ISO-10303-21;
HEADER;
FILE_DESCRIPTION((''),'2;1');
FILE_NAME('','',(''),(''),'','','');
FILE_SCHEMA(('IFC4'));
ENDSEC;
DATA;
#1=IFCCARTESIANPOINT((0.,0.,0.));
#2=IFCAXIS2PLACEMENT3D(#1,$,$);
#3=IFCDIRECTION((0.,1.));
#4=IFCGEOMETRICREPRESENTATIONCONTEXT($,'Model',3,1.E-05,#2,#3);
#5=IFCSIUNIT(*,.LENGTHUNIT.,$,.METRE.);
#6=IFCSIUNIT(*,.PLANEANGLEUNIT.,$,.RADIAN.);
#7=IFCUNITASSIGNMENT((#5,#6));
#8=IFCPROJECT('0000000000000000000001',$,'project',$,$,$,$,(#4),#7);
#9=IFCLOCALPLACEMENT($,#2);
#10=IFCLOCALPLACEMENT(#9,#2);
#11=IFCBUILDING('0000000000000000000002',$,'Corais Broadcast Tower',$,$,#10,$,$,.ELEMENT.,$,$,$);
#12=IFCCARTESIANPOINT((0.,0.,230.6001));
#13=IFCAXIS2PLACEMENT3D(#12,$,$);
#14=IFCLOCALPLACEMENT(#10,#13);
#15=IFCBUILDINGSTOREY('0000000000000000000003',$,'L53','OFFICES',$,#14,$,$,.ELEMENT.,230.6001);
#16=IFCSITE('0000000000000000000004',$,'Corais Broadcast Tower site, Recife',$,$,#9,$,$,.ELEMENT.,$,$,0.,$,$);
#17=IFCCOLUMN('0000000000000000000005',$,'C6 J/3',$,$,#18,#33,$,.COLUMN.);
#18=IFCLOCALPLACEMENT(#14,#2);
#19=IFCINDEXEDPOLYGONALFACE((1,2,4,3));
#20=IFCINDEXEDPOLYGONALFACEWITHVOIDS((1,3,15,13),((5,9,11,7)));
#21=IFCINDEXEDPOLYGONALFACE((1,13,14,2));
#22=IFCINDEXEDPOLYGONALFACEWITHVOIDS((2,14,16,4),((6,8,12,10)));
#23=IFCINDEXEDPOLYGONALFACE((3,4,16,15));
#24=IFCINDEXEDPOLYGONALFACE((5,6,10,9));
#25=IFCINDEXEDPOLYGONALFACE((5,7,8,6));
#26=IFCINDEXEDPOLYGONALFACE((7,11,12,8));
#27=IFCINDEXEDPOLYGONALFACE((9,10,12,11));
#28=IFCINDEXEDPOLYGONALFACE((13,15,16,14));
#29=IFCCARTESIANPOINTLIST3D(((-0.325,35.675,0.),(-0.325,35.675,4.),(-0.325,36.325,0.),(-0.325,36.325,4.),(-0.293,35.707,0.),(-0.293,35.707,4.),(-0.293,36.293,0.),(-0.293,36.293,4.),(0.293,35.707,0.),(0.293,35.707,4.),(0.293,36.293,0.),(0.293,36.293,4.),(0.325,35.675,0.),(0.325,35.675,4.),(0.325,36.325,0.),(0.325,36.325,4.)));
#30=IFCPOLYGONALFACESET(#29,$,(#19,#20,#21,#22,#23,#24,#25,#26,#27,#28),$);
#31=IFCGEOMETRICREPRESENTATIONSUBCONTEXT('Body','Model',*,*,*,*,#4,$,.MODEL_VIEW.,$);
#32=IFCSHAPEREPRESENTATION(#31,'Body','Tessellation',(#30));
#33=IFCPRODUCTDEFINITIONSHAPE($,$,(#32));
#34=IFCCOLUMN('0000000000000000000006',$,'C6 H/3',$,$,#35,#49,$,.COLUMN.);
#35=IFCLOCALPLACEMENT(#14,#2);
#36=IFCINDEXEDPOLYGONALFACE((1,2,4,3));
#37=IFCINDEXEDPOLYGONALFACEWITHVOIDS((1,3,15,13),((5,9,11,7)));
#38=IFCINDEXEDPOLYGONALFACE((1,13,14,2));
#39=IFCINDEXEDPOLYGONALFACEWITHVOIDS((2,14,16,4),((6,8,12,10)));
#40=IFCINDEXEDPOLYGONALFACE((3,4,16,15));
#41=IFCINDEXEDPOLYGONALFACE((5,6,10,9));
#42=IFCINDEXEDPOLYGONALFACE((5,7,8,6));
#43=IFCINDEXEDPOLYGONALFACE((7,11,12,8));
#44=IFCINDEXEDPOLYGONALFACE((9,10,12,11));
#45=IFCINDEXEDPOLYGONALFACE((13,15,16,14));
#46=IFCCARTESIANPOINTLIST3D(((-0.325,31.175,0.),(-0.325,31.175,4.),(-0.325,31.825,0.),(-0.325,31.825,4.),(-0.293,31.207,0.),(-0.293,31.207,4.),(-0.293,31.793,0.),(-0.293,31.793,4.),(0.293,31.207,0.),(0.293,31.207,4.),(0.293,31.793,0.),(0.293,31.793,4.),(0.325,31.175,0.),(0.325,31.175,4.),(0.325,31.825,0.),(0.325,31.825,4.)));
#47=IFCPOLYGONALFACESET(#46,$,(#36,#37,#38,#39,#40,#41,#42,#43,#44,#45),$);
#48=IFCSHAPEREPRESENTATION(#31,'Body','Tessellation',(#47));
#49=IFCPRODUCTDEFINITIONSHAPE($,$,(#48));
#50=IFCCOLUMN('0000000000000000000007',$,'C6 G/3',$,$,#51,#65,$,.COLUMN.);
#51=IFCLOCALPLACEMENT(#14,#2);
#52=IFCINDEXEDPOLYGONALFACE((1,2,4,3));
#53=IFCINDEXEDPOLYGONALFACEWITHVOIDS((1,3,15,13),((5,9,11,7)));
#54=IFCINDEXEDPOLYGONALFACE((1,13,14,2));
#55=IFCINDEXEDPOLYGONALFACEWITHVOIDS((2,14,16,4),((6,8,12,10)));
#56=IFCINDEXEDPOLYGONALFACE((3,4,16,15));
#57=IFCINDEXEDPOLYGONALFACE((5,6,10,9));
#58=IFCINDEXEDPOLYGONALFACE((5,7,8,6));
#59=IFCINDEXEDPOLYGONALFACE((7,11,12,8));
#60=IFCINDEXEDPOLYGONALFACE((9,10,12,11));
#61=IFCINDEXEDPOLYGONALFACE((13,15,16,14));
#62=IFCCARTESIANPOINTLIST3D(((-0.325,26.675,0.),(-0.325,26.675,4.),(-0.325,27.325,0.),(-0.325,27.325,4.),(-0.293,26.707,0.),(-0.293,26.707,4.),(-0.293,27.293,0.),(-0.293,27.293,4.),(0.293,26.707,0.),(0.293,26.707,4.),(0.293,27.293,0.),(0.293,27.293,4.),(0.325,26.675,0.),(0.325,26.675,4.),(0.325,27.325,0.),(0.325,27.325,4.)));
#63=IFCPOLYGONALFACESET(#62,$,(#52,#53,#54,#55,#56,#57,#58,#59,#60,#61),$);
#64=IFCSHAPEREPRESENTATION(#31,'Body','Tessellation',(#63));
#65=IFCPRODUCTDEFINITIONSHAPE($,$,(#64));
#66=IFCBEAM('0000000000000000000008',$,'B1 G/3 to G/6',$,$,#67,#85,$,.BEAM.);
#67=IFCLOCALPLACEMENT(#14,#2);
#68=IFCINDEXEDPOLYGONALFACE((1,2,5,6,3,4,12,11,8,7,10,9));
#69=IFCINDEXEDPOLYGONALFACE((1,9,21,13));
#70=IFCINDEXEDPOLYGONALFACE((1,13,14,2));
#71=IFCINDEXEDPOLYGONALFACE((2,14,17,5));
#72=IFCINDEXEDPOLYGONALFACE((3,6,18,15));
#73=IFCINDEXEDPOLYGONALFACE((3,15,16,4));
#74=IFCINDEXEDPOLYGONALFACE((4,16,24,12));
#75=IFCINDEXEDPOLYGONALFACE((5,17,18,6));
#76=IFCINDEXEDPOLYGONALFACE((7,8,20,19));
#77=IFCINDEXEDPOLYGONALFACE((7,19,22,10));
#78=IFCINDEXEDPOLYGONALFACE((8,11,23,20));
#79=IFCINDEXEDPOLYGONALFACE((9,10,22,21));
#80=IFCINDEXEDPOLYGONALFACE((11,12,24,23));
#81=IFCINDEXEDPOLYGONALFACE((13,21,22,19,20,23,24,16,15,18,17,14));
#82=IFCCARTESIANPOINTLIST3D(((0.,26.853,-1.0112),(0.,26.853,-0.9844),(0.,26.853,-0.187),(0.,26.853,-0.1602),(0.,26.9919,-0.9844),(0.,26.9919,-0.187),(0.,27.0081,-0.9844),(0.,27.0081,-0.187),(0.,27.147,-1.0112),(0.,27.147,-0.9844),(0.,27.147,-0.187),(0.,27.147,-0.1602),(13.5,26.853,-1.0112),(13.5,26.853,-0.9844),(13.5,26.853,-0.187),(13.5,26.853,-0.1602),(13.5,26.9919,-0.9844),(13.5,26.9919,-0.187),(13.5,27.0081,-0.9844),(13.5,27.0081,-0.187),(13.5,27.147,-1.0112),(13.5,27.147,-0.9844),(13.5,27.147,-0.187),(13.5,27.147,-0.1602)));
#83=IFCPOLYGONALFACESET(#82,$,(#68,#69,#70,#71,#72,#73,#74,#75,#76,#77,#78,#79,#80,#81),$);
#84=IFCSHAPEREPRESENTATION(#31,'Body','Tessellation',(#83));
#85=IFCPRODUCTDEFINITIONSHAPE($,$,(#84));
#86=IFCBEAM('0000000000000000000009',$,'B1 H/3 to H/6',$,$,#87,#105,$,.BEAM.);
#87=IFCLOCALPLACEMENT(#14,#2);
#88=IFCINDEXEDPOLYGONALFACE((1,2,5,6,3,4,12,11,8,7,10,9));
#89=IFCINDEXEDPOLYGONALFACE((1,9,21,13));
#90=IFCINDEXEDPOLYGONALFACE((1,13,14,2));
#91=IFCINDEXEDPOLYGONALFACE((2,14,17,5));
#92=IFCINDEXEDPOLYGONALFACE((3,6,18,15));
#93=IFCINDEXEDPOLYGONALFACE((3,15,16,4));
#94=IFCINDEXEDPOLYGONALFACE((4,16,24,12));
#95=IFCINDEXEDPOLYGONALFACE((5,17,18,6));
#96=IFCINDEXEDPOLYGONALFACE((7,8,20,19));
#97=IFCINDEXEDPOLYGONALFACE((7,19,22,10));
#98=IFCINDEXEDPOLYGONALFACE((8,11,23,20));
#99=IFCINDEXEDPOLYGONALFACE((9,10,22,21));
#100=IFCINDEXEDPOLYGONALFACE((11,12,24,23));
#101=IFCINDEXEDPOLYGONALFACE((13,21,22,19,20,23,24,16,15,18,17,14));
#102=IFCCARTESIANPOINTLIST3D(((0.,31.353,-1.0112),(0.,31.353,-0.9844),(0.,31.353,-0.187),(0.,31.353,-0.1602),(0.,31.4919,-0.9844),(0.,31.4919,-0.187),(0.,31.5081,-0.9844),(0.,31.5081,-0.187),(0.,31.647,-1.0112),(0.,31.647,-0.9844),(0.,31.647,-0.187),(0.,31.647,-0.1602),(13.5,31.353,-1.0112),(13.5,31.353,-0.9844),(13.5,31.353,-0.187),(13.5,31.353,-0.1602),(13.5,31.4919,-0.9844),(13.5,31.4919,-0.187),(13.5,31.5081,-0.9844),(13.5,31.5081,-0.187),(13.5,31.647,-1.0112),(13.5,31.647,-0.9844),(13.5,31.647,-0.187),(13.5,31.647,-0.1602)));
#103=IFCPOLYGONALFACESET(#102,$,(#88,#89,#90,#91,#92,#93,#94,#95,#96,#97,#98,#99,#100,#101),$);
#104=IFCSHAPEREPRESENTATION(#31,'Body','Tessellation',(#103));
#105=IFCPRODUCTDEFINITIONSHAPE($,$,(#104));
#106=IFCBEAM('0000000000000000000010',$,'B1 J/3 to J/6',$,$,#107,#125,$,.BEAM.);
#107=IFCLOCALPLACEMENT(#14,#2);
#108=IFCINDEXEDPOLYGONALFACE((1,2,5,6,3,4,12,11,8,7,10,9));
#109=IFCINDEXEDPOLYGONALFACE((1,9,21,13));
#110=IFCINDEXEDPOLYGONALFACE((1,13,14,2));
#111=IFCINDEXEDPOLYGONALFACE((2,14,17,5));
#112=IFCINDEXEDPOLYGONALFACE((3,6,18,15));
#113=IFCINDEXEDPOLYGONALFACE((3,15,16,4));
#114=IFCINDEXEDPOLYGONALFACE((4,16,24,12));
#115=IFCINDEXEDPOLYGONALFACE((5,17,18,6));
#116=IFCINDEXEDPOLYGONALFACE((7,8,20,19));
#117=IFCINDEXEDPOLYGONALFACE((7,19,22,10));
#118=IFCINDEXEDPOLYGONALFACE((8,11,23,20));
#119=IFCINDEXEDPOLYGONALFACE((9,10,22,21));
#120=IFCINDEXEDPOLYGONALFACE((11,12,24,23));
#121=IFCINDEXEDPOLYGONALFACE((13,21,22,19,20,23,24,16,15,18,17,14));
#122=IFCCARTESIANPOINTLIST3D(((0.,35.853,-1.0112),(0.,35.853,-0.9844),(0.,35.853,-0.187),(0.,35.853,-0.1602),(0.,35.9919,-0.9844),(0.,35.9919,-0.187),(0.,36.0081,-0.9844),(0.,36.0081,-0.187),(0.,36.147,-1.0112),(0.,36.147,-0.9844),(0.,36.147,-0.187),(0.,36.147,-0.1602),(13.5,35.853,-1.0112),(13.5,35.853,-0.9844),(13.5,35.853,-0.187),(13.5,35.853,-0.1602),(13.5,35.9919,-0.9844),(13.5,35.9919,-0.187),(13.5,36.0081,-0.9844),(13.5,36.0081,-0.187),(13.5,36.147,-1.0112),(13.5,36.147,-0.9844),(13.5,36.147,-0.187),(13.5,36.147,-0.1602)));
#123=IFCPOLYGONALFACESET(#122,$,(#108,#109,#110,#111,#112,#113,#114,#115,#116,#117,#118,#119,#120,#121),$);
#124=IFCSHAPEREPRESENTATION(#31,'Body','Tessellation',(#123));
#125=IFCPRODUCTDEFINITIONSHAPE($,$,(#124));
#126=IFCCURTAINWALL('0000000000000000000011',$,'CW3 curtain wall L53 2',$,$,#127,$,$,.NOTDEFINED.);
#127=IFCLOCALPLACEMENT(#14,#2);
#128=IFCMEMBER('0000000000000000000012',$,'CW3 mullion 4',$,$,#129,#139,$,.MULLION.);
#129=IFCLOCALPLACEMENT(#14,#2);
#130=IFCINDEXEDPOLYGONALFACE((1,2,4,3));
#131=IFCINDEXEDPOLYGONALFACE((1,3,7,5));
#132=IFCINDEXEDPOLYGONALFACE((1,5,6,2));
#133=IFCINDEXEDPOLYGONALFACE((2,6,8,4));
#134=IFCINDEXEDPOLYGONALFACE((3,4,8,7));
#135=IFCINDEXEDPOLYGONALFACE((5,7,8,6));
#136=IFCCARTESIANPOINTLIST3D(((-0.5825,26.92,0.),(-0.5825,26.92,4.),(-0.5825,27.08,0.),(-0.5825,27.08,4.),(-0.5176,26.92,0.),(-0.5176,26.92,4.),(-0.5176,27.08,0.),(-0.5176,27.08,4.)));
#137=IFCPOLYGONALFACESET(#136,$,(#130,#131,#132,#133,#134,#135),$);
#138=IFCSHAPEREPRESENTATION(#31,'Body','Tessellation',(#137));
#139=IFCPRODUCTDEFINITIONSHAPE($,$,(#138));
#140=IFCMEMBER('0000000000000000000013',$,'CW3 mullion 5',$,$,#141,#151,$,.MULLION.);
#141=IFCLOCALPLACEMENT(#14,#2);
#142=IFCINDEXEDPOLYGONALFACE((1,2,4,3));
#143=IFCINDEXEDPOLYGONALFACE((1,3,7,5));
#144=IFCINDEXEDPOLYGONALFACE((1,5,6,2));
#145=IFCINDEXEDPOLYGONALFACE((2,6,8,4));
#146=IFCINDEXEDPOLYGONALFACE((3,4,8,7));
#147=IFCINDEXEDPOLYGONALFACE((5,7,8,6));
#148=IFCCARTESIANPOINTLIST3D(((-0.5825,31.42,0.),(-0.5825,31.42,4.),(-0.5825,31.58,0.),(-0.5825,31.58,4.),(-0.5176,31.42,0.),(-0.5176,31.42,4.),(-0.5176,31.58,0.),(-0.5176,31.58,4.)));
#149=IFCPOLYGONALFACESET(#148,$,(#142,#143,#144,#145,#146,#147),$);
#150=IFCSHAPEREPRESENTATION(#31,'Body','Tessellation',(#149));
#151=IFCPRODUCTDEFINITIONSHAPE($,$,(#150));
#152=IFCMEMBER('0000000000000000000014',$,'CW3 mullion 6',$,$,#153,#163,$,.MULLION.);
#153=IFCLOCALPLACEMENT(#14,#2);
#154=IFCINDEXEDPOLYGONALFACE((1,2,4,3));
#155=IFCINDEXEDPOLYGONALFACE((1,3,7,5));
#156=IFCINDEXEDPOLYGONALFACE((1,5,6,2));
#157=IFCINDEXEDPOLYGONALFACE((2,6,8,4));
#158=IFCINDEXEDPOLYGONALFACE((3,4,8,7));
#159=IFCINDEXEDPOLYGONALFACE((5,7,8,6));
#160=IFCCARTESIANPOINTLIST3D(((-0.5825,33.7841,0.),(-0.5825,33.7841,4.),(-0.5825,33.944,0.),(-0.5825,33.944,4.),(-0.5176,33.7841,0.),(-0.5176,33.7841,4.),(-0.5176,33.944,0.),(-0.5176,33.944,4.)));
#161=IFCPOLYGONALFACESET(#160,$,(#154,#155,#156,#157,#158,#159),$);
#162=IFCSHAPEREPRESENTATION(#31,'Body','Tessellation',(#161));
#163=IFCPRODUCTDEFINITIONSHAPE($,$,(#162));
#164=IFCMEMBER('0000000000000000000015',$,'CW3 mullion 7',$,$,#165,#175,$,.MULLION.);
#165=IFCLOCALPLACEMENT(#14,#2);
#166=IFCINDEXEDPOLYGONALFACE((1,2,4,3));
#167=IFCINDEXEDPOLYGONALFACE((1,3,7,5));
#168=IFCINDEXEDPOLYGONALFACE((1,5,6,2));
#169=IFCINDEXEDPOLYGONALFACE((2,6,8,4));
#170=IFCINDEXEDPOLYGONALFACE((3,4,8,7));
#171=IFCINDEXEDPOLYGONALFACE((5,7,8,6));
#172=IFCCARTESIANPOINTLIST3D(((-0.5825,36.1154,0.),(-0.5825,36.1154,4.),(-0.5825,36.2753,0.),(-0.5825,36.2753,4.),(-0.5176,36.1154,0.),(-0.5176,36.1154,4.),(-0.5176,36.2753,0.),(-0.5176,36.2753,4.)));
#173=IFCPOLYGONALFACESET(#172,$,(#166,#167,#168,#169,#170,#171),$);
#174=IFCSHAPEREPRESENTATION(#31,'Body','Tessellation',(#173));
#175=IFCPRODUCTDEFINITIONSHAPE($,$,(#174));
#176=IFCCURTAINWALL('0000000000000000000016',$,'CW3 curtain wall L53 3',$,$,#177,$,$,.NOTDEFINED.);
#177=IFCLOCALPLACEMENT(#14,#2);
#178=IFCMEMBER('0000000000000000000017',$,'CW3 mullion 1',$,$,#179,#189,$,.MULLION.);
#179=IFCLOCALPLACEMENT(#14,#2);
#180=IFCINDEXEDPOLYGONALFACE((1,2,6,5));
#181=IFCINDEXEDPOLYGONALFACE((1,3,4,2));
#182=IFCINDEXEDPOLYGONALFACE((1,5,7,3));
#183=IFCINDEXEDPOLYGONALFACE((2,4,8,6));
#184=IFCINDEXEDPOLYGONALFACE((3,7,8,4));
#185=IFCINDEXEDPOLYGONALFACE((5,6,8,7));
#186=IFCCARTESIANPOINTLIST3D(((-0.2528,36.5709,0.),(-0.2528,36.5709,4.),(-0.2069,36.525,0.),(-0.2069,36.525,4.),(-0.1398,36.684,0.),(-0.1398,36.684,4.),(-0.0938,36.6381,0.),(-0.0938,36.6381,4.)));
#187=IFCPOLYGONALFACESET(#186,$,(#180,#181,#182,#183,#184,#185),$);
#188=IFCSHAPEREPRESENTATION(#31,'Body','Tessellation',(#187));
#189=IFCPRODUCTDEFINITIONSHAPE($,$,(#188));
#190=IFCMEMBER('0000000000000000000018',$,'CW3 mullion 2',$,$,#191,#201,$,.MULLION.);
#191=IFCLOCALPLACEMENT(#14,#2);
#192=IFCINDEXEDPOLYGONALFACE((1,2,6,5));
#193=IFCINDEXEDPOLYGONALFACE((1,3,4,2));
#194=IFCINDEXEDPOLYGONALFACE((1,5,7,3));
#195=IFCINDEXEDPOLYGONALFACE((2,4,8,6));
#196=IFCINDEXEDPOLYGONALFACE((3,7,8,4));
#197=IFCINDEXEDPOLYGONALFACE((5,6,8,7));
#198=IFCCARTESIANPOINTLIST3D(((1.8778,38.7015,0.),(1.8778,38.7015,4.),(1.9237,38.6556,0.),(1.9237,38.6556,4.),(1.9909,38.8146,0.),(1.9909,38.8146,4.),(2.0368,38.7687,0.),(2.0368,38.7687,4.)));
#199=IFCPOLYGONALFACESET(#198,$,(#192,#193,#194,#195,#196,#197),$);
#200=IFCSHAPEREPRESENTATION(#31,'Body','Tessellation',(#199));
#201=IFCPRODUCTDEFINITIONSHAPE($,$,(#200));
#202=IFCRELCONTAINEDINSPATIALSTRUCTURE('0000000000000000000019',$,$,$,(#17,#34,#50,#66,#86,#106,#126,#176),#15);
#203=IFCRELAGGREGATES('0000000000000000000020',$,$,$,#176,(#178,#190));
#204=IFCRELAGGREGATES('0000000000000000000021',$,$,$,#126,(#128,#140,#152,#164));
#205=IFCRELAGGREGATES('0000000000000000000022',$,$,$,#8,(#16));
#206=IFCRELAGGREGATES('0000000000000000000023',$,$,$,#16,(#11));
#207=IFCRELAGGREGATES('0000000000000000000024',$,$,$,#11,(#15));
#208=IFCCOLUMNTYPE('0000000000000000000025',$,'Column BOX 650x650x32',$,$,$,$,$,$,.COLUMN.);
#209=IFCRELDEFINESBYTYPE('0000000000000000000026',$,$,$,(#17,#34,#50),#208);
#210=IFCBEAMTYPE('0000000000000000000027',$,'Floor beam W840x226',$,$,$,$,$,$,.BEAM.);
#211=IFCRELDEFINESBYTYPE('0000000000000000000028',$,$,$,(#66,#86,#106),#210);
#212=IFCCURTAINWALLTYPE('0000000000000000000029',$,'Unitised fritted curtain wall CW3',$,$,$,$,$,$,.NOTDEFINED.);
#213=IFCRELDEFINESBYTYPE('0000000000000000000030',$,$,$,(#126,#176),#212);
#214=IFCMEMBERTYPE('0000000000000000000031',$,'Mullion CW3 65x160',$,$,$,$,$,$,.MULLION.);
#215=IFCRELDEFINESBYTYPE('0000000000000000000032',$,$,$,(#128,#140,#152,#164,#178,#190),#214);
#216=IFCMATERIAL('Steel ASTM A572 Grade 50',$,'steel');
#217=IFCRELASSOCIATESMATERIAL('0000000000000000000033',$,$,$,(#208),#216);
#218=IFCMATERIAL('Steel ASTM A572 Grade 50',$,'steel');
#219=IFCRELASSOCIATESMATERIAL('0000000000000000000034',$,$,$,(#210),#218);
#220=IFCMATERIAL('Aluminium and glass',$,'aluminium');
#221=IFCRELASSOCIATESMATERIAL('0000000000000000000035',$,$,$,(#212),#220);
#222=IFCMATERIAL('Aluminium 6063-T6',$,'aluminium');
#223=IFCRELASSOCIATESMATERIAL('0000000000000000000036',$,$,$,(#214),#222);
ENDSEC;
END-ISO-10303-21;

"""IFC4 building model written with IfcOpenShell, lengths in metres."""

from ifc_helpers import new_model, si_unit, direction, frame, origin, origin_2d, place, context, subcontext, project, spatial, rectangle, hollow_rectangle, i_section, extrude, material, material_profile, profile_set, type_object, element, aggregate, save


model = new_model("IFC4")

# Units and contexts
model_context = context("Model", 3, precision=1e-05, world=origin(), true_north=direction((0.0, 1.0)))
body_context = subcontext(model_context, "Body", "Model", "MODEL_VIEW")
ifc_project = project(units=[si_unit("LENGTHUNIT", "METRE"), si_unit("PLANEANGLEUNIT", "RADIAN")], contexts=[model_context])

# Site, building, storey
site_placement = place(None, origin())
site = spatial("IfcSite", under=ifc_project, at=site_placement, Name="Corais Broadcast Tower site, Recife", CompositionType="ELEMENT", RefElevation=0.0)
building_placement = place(site_placement, origin())
building = spatial("IfcBuilding", under=site, at=building_placement, Name="Corais Broadcast Tower", CompositionType="ELEMENT")
storey_placement = place(building_placement, frame((0.0, 0.0, 230.6001)))
storey = spatial("IfcBuildingStorey", under=building, at=storey_placement, Name="L53", Description="OFFICES", CompositionType="ELEMENT", Elevation=230.6001)

# Columns
ifc_material_1 = material(Name="Steel ASTM A572 Grade 50", Category="steel")
ifc_material_profile_1 = material_profile(ifc_material_1, hollow_rectangle(XDim=0.6499, YDim=0.6499, WallThickness=0.032, at=origin_2d()), Name="BOX 650x650x32")
ifc_profile_set_1 = profile_set([ifc_material_profile_1], Name="Steel ASTM A572 Grade 50")
column_type = type_object("IfcColumnType", Name="Column BOX 650x650x32", PredefinedType="COLUMN", material=ifc_profile_set_1)
for number, where, z_axis, x_axis, name in (
    (1, (0.0, 36.0, 0.0), (0.0, 0.0, 1.0), (1.0, 0.0, 0.0), "C6 J/3"),
    (2, (0.0, 31.5, 0.0), (0.0, 0.0, 1.0), (1.0, 0.0, 0.0), "C6 H/3"),
    (3, (0.0, 27.0, 0.0), (0.0, 0.0, 1.0), (1.0, 0.0, 0.0), "C6 G/3"),
):
    element("IfcColumn", number, at=place(storey_placement, frame(where, z_axis=z_axis, x_axis=x_axis)), inside=storey, type_object=column_type, Name=name, PredefinedType="COLUMN", context=body_context, shape_type="SweptSolid", body=[
        extrude(hollow_rectangle(XDim=0.6499, YDim=0.6499, WallThickness=0.032, at=origin_2d()), origin(), (0.0, 0.0, 1.0), 4.0),
    ])

# Beams
ifc_material_2 = material(Name="Steel ASTM A572 Grade 50", Category="steel")
ifc_material_profile_2 = material_profile(ifc_material_2, i_section(OverallWidth=0.2939, OverallDepth=0.8511, WebThickness=0.0161, FlangeThickness=0.0269, at=origin_2d()), Name="W840x226")
ifc_profile_set_2 = profile_set([ifc_material_profile_2], Name="Steel ASTM A572 Grade 50")
beam_type_1 = type_object("IfcBeamType", Name="Floor beam W840x226", PredefinedType="BEAM", material=ifc_profile_set_2)
for number, where, z_axis, x_axis, name in (
    (4, (0.0, 27.0, -0.5857), (1.0, 0.0, 0.0), (0.0, 1.0, 0.0), "B1 G/3 to G/6"),
    (5, (0.0, 31.5, -0.5857), (1.0, 0.0, 0.0), (0.0, 1.0, 0.0), "B1 H/3 to H/6"),
    (6, (0.0, 36.0, -0.5857), (1.0, 0.0, 0.0), (0.0, 1.0, 0.0), "B1 J/3 to J/6"),
):
    element("IfcBeam", number, at=place(storey_placement, frame(where, z_axis=z_axis, x_axis=x_axis)), inside=storey, type_object=beam_type_1, Name=name, PredefinedType="BEAM", context=body_context, shape_type="SweptSolid", body=[
        extrude(i_section(OverallWidth=0.2939, OverallDepth=0.8511, WebThickness=0.0161, FlangeThickness=0.0269, at=origin_2d()), origin(), (0.0, 0.0, 1.0), 13.5),
    ])

# Curtain walls, members
ifc_material_3 = material(Name="Aluminium and glass", Category="aluminium")
curtain_wall_type = type_object("IfcCurtainWallType", Name="Unitised fritted curtain wall CW3", PredefinedType="NOTDEFINED", material=ifc_material_3)
curtain_wall_1_placement = place(storey_placement, origin())
curtain_wall_1 = element("IfcCurtainWall", 7, at=curtain_wall_1_placement, inside=storey, type_object=curtain_wall_type, Name="CW3 curtain wall L53 2", PredefinedType="NOTDEFINED")
ifc_material_4 = material(Name="Aluminium 6063-T6", Category="aluminium")
ifc_material_profile_3 = material_profile(ifc_material_4, rectangle(XDim=0.0649, YDim=0.1599, at=origin_2d()), Name="Mullion CW3 65x160")
ifc_profile_set_3 = profile_set([ifc_material_profile_3], Name="Aluminium 6063-T6")
member_type_1 = type_object("IfcMemberType", Name="Mullion CW3 65x160", PredefinedType="MULLION", material=ifc_profile_set_3)
member_1_placement = place(storey_placement, frame((-0.55, 27.0, 0.0), z_axis=(0.0, 0.0, 1.0), x_axis=(-1.0, 0.0, 0.0)))
member_1 = element("IfcMember", 8, at=member_1_placement, type_object=member_type_1, Name="CW3 mullion 4", PredefinedType="MULLION", context=body_context, shape_type="SweptSolid", body=[
    extrude(rectangle(XDim=0.0649, YDim=0.1599, at=origin_2d()), origin(), (0.0, 0.0, 1.0), 4.0),
])
member_2_placement = place(storey_placement, frame((-0.55, 31.5, 0.0), z_axis=(0.0, 0.0, 1.0), x_axis=(-1.0, 0.0, 0.0)))
member_2 = element("IfcMember", 9, at=member_2_placement, type_object=member_type_1, Name="CW3 mullion 5", PredefinedType="MULLION", context=body_context, shape_type="SweptSolid", body=[
    extrude(rectangle(XDim=0.0649, YDim=0.1599, at=origin_2d()), origin(), (0.0, 0.0, 1.0), 4.0),
])
member_3_placement = place(storey_placement, frame((-0.55, 33.864, 0.0), z_axis=(0.0, 0.0, 1.0), x_axis=(-1.0, 0.0, 0.0)))
member_3 = element("IfcMember", 10, at=member_3_placement, type_object=member_type_1, Name="CW3 mullion 6", PredefinedType="MULLION", context=body_context, shape_type="SweptSolid", body=[
    extrude(rectangle(XDim=0.0649, YDim=0.1599, at=origin_2d()), origin(), (0.0, 0.0, 1.0), 4.0),
])
member_4_placement = place(storey_placement, frame((-0.55, 36.1953, 0.0), z_axis=(0.0, 0.0, 1.0), x_axis=(-1.0, 0.0, 0.0)))
member_4 = element("IfcMember", 11, at=member_4_placement, type_object=member_type_1, Name="CW3 mullion 7", PredefinedType="MULLION", context=body_context, shape_type="SweptSolid", body=[
    extrude(rectangle(XDim=0.0649, YDim=0.1599, at=origin_2d()), origin(), (0.0, 0.0, 1.0), 4.0),
])
curtain_wall_2_placement = place(storey_placement, origin())
curtain_wall_2 = element("IfcCurtainWall", 12, at=curtain_wall_2_placement, inside=storey, type_object=curtain_wall_type, Name="CW3 curtain wall L53 3", PredefinedType="NOTDEFINED")
member_5_placement = place(storey_placement, frame((-0.1733, 36.6045, 0.0), z_axis=(0.0, 0.0, 1.0), x_axis=(-0.707107, 0.707107, 0.0)))
member_5 = element("IfcMember", 13, at=member_5_placement, type_object=member_type_1, Name="CW3 mullion 1", PredefinedType="MULLION", context=body_context, shape_type="SweptSolid", body=[
    extrude(rectangle(XDim=0.0649, YDim=0.1599, at=origin_2d()), origin(), (0.0, 0.0, 1.0), 4.0),
])
member_6_placement = place(storey_placement, frame((1.9573, 38.7351, 0.0), z_axis=(0.0, 0.0, 1.0), x_axis=(-0.707107, 0.707107, 0.0)))
member_6 = element("IfcMember", 14, at=member_6_placement, type_object=member_type_1, Name="CW3 mullion 2", PredefinedType="MULLION", context=body_context, shape_type="SweptSolid", body=[
    extrude(rectangle(XDim=0.0649, YDim=0.1599, at=origin_2d()), origin(), (0.0, 0.0, 1.0), 4.0),
])

aggregate(curtain_wall_2, [member_5, member_6])
aggregate(curtain_wall_1, [member_1, member_2, member_3, member_4])

save(model, "model.ifc")
